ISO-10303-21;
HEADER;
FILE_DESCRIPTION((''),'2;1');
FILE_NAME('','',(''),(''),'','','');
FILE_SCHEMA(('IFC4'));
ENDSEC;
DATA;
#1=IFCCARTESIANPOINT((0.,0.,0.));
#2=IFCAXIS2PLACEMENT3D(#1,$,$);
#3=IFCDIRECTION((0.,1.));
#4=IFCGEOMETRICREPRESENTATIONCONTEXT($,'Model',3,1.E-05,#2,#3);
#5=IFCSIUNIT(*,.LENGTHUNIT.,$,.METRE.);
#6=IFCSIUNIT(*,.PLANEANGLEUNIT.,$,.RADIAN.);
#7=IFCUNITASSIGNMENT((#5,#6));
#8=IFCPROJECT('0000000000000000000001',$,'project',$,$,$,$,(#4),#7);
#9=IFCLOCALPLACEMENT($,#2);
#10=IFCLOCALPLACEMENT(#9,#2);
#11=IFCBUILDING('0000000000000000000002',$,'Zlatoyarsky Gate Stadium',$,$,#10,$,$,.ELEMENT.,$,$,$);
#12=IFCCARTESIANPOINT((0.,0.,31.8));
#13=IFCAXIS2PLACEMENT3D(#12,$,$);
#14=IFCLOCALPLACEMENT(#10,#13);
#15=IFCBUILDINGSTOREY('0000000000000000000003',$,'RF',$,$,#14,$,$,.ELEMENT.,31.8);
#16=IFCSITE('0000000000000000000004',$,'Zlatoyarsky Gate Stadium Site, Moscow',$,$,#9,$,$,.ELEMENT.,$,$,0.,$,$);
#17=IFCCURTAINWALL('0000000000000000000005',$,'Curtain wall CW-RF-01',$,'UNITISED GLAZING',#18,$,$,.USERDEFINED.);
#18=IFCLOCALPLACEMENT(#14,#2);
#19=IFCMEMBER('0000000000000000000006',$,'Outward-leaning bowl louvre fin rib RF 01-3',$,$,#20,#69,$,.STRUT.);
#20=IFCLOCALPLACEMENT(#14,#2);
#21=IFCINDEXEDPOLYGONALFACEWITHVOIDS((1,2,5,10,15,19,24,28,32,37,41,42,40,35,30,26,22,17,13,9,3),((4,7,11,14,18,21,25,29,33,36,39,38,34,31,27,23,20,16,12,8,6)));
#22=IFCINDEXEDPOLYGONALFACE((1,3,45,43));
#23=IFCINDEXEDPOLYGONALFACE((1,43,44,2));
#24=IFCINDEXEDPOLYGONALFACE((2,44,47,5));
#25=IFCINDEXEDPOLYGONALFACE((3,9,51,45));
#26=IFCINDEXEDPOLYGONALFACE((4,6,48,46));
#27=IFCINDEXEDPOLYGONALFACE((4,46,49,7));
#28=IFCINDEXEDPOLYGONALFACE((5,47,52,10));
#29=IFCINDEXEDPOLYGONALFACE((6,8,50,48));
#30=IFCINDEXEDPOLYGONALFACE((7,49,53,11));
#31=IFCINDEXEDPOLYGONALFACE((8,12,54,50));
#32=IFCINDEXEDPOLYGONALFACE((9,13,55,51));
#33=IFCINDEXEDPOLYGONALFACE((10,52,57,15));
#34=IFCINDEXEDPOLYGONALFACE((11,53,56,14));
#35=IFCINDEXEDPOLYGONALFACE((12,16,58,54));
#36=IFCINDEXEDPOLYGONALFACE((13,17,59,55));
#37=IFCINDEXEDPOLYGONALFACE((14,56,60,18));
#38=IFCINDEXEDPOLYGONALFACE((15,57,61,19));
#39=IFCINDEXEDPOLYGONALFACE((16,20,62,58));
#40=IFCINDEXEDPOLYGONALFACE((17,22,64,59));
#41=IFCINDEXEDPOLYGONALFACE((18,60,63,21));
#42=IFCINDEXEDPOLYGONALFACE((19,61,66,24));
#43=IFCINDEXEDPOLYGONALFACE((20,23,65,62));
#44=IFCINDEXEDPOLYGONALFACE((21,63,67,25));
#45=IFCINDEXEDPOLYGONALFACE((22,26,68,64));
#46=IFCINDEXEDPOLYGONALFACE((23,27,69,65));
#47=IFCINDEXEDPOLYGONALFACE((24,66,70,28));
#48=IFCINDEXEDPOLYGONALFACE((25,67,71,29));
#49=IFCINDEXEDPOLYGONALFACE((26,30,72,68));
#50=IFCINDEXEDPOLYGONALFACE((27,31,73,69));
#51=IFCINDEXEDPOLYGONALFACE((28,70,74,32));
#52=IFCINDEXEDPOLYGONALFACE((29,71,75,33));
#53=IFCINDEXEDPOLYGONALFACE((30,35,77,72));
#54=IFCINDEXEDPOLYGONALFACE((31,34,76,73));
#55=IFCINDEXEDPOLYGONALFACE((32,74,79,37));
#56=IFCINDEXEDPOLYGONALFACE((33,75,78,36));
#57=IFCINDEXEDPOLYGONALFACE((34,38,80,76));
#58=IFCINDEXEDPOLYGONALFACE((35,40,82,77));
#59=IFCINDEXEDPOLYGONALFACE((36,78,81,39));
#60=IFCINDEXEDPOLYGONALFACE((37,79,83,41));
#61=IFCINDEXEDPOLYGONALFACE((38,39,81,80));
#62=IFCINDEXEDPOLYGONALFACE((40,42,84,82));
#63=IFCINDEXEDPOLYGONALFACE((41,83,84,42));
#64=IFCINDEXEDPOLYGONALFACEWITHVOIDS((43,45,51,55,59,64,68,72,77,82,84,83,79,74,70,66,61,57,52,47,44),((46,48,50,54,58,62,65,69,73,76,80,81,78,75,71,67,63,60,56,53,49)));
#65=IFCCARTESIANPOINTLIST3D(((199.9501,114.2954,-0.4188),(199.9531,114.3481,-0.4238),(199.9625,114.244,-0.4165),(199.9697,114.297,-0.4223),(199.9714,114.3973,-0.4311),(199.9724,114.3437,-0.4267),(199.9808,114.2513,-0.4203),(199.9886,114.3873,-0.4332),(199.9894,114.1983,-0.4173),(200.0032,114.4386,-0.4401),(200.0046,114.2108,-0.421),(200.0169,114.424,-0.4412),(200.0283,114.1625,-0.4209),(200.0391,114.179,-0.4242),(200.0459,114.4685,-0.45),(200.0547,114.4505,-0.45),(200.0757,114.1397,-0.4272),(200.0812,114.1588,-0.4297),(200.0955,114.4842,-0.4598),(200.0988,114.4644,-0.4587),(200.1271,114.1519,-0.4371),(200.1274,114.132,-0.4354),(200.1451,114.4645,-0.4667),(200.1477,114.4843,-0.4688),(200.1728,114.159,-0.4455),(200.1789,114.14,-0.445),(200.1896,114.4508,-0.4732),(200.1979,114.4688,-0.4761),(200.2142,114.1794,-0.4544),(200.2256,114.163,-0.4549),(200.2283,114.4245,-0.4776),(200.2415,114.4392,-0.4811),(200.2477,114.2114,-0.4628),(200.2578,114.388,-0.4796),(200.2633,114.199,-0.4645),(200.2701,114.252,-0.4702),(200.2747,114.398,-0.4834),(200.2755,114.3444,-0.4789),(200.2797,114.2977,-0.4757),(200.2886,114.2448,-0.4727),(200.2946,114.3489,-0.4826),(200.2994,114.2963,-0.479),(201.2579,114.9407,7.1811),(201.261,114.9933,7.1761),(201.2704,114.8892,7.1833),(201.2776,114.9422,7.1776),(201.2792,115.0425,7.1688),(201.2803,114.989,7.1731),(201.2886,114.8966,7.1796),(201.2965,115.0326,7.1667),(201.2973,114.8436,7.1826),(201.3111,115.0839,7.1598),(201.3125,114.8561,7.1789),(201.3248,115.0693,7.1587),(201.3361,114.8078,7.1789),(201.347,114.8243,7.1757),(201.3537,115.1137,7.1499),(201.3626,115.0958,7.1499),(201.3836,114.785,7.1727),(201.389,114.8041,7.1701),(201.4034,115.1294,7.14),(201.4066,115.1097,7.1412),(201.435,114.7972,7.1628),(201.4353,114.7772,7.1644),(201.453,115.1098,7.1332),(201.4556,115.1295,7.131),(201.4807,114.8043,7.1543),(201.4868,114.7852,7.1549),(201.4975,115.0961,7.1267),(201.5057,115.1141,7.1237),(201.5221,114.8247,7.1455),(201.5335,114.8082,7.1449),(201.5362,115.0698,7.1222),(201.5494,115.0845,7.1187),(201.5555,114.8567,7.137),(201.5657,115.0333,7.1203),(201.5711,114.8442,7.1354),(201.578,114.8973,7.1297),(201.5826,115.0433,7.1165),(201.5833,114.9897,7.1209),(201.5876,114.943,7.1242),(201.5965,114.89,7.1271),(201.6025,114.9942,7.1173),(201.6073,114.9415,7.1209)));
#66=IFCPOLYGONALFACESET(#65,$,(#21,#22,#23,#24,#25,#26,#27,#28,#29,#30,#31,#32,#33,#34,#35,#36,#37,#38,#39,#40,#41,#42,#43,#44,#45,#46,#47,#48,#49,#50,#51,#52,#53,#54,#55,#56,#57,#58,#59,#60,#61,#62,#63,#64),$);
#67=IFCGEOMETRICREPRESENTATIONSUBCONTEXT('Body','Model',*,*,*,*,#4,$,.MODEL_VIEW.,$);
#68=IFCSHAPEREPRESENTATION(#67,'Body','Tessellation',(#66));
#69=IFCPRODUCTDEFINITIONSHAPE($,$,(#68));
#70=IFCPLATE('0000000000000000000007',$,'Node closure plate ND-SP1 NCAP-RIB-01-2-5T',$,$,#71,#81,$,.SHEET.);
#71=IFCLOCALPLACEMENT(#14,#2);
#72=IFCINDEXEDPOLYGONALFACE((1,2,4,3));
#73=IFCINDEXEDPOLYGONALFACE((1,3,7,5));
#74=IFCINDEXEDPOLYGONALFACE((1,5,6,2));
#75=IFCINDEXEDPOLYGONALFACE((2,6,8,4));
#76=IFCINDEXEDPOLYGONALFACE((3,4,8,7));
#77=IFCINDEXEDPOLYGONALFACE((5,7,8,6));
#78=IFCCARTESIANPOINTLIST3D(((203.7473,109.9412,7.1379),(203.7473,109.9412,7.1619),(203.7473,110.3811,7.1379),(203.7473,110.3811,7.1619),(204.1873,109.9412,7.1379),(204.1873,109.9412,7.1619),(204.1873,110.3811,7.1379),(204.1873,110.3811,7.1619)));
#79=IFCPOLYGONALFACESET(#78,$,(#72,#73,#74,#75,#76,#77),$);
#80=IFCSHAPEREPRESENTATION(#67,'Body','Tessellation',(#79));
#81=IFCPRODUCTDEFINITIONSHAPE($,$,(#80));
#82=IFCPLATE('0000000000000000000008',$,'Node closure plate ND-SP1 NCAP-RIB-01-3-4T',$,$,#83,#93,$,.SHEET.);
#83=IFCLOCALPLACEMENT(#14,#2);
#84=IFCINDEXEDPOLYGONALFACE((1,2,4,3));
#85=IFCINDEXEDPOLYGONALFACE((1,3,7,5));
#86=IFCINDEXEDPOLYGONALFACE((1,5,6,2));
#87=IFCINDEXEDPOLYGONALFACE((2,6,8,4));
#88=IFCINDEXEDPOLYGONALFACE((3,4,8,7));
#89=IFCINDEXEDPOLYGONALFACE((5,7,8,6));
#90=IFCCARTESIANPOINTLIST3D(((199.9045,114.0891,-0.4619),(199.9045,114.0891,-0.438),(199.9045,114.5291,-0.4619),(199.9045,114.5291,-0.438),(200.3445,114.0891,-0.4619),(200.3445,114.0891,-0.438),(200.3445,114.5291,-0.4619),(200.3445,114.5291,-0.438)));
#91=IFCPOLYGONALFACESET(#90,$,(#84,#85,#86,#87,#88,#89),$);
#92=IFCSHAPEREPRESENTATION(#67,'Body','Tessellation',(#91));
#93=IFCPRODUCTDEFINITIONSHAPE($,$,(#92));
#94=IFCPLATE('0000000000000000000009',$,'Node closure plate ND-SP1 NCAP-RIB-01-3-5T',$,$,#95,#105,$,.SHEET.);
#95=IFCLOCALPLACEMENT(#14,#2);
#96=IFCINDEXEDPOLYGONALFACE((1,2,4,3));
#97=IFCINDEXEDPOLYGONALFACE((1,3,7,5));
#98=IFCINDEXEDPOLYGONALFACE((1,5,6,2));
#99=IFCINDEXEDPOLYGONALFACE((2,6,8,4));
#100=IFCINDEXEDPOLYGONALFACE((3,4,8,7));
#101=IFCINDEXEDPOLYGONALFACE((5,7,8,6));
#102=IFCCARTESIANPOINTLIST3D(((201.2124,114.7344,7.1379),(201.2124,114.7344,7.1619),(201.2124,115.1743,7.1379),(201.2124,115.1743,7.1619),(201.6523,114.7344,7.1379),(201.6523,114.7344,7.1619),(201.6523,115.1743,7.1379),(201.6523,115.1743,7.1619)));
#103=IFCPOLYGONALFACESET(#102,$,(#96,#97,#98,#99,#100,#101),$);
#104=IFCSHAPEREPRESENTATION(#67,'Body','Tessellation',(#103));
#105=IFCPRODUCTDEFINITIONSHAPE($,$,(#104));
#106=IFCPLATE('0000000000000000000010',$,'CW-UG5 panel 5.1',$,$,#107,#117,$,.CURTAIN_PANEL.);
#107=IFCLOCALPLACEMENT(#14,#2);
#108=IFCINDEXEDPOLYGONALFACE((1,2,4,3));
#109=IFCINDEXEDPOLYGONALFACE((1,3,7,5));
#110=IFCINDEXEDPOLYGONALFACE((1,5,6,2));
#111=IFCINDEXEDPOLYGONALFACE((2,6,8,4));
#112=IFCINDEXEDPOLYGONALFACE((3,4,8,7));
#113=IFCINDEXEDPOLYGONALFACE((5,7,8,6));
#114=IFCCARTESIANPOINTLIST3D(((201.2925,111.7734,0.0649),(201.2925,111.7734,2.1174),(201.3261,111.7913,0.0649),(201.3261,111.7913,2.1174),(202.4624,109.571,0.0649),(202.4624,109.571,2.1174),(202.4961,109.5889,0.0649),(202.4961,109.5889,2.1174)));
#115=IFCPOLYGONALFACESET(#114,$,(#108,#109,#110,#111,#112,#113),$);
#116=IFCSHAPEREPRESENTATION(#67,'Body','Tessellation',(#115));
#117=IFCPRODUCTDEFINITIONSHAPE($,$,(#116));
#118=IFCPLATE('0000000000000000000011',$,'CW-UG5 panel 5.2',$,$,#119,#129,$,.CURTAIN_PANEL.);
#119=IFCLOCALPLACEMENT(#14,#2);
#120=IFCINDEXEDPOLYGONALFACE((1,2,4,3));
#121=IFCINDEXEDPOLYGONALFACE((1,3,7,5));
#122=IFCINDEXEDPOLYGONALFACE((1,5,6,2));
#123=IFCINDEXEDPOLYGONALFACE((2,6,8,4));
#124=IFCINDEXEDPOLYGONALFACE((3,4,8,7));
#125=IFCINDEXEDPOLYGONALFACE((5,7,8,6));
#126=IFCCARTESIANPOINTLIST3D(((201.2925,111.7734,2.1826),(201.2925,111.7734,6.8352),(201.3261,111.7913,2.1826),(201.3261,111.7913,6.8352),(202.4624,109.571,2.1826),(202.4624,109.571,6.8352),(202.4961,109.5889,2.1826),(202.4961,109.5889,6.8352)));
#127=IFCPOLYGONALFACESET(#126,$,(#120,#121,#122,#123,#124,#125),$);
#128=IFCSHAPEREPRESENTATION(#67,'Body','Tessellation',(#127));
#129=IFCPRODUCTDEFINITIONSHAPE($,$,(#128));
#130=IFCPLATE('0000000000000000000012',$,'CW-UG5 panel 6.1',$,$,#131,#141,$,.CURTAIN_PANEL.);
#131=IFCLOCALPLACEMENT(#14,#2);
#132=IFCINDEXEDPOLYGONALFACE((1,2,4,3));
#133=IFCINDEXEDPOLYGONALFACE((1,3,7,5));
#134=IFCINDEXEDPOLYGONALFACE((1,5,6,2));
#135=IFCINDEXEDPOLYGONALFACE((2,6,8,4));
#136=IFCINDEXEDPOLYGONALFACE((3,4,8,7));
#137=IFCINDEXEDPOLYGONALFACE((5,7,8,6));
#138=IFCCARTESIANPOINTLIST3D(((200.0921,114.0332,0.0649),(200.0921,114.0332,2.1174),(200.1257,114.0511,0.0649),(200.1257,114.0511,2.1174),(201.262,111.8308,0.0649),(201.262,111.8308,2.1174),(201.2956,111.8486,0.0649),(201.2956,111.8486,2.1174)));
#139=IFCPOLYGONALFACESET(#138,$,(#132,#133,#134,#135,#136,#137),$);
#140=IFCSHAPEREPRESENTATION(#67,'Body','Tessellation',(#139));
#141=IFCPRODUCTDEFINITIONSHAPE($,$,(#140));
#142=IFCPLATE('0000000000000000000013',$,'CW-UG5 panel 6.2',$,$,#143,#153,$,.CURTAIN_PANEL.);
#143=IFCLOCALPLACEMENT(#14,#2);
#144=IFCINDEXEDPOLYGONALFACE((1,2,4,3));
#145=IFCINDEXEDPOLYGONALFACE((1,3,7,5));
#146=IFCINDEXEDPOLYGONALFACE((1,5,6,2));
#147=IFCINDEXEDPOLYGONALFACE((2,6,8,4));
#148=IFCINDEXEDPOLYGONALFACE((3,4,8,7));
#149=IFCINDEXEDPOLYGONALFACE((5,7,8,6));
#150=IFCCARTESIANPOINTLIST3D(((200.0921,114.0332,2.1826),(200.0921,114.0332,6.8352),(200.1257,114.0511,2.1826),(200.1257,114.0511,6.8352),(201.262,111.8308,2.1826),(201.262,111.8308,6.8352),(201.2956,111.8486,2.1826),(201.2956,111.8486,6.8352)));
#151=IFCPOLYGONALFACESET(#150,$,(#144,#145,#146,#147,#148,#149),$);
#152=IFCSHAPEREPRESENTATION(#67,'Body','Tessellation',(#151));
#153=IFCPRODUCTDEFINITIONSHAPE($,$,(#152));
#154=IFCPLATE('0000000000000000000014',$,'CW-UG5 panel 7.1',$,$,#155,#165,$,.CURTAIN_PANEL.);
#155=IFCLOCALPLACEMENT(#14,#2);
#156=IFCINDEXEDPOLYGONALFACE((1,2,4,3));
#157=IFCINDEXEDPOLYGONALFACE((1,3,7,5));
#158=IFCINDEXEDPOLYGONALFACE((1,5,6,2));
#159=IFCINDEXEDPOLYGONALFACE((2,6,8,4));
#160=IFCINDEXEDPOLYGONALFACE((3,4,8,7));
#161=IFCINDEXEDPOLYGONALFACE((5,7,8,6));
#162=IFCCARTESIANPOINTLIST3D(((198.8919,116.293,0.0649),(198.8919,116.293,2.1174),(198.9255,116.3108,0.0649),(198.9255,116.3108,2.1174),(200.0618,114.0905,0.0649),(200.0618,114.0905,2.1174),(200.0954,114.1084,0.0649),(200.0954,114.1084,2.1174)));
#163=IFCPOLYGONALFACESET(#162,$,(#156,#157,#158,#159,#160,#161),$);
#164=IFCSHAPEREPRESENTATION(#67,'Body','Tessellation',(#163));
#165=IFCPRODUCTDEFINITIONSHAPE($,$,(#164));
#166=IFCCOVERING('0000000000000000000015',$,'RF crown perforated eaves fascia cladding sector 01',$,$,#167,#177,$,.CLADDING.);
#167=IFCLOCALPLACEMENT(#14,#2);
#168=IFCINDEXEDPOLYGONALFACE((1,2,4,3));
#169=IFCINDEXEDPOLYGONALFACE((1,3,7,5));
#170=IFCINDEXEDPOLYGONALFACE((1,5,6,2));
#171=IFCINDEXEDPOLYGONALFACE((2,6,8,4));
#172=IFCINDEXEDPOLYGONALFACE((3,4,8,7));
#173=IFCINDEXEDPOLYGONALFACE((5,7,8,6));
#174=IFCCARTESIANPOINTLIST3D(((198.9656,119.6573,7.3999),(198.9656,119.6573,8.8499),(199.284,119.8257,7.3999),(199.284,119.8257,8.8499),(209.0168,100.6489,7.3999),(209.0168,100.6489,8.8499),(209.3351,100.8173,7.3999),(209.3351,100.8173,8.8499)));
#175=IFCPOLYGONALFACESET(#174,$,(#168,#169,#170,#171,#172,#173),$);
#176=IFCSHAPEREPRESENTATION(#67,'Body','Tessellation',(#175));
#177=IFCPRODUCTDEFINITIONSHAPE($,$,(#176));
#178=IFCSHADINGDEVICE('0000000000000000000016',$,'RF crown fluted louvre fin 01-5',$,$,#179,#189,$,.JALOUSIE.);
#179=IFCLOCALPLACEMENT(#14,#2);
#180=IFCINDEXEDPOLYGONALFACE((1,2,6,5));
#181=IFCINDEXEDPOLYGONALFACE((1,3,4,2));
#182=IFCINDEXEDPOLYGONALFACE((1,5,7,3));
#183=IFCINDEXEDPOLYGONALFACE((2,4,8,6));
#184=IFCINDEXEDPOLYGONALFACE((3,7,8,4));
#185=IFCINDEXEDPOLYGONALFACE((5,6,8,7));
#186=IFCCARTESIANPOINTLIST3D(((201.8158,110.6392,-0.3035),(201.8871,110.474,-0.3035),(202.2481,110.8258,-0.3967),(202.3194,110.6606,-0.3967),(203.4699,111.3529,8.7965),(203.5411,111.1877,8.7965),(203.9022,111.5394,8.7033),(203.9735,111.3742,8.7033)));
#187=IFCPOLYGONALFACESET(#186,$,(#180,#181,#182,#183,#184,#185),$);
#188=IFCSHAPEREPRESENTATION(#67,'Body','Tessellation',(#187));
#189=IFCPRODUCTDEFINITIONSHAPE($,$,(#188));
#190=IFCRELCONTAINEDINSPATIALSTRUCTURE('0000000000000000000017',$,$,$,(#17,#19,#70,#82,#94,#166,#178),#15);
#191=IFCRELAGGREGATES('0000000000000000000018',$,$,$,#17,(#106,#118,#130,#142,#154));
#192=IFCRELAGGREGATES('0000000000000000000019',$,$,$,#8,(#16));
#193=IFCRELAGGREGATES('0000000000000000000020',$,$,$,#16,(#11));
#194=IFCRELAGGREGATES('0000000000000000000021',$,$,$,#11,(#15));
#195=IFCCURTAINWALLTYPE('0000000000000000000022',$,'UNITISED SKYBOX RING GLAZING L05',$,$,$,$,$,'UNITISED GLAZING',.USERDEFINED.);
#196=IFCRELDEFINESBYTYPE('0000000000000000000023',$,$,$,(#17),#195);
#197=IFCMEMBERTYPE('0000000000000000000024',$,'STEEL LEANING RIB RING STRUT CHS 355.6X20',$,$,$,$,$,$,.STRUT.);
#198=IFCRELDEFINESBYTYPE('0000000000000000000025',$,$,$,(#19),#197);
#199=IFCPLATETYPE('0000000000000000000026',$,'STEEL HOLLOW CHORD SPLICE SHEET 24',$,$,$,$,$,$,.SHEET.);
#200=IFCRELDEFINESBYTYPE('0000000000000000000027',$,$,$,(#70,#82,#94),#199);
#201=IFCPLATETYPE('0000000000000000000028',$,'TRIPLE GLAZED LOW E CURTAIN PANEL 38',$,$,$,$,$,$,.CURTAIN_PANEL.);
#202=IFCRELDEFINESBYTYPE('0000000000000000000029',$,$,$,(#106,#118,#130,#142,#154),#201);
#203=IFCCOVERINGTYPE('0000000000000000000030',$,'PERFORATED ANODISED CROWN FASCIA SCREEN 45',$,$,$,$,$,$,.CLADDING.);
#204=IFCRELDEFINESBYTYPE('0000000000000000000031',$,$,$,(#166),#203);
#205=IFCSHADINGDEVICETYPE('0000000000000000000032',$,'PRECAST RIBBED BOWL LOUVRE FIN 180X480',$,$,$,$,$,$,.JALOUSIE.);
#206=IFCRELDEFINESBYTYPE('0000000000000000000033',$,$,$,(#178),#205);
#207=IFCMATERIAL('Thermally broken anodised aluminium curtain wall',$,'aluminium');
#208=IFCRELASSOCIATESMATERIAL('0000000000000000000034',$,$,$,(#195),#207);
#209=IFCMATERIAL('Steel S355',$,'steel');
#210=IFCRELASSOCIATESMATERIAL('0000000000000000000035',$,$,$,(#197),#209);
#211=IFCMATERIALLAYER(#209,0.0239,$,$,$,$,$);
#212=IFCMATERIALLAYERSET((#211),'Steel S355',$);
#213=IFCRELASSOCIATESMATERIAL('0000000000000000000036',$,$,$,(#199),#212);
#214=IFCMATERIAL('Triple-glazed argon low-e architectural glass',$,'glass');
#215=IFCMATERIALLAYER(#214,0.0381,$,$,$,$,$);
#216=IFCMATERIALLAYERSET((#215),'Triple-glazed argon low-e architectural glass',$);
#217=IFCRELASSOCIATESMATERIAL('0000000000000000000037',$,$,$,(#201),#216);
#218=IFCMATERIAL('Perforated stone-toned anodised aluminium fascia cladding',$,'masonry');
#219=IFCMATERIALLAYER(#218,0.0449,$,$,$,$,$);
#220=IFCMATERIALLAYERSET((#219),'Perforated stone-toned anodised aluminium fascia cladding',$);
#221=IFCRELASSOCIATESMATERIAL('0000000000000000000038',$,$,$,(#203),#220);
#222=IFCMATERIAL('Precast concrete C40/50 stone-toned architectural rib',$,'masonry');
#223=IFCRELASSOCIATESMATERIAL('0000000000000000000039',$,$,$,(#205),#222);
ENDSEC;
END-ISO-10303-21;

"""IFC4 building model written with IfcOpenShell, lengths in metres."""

from ifc_helpers import new_model, si_unit, direction, frame, origin, origin_2d, place, context, subcontext, project, spatial, rectangle, hollow_circle, extrude, material, layer, layer_set, material_profile, profile_set, type_object, element, aggregate, save


model = new_model("IFC4")

# Units and contexts
model_context = context("Model", 3, precision=1e-05, world=origin(), true_north=direction((0.0, 1.0)))
body_context = subcontext(model_context, "Body", "Model", "MODEL_VIEW")
ifc_project = project(units=[si_unit("LENGTHUNIT", "METRE"), si_unit("PLANEANGLEUNIT", "RADIAN")], contexts=[model_context])

# Site, building, storey
site_placement = place(None, origin())
site = spatial("IfcSite", under=ifc_project, at=site_placement, Name="Zlatoyarsky Gate Stadium Site, Moscow", CompositionType="ELEMENT", RefElevation=0.0)
building_placement = place(site_placement, origin())
building = spatial("IfcBuilding", under=site, at=building_placement, Name="Zlatoyarsky Gate Stadium", CompositionType="ELEMENT")
storey_placement = place(building_placement, frame((0.0, 0.0, 31.8)))
storey = spatial("IfcBuildingStorey", under=building, at=storey_placement, Name="RF", CompositionType="ELEMENT", Elevation=31.8)

# Curtain wall
ifc_material_1 = material(Name="Thermally broken anodised aluminium curtain wall", Category="aluminium")
curtain_wall_type = type_object("IfcCurtainWallType", Name="UNITISED SKYBOX RING GLAZING L05", ElementType="UNITISED GLAZING", PredefinedType="USERDEFINED", material=ifc_material_1)
curtain_wall_placement = place(storey_placement, origin())
curtain_wall = element("IfcCurtainWall", 1, at=curtain_wall_placement, inside=storey, type_object=curtain_wall_type, Name="Curtain wall CW-RF-01", ObjectType="UNITISED GLAZING", PredefinedType="USERDEFINED")

# Member
ifc_material_2 = material(Name="Steel S355", Category="steel")
ifc_material_profile_1 = material_profile(ifc_material_2, hollow_circle(Radius=0.1777, WallThickness=0.02, at=origin_2d()), Name="CHS 355.6X20")
ifc_profile_set_1 = profile_set([ifc_material_profile_1], Name="Steel S355")
member_type_1 = type_object("IfcMemberType", Name="STEEL LEANING RIB RING STRUT CHS 355.6X20", PredefinedType="STRUT", material=ifc_profile_set_1)
member_1_placement = place(storey_placement, frame((200.1245, 114.3091, -0.45), z_axis=(0.169007, 0.083383, 0.982081), x_axis=(-0.442453, 0.896792, 0.0)))
element("IfcMember", 2, at=member_1_placement, inside=storey, type_object=member_type_1, Name="Outward-leaning bowl louvre fin rib RF 01-3", PredefinedType="STRUT", context=body_context, shape_type="SweptSolid", body=[
    extrude(hollow_circle(Radius=0.1777, WallThickness=0.02, at=origin_2d()), origin(), (0.0, 0.0, 1.0), 7.7385),
])

# Plates
ifc_layer_1 = layer(ifc_material_2, 0.0239)
ifc_layer_set_1 = layer_set([ifc_layer_1], Name="Steel S355")
plate_type_1 = type_object("IfcPlateType", Name="STEEL HOLLOW CHORD SPLICE SHEET 24", PredefinedType="SHEET", material=ifc_layer_set_1)
for number, where, z_axis, x_axis, name in (
    (3, (203.9673, 110.1611, 7.1379), (0.0, 0.0, 1.0), (1.0, 0.0, 0.0), "Node closure plate ND-SP1 NCAP-RIB-01-2-5T"),
    (4, (200.1245, 114.3091, -0.4619), (0.0, 0.0, 1.0), (1.0, 0.0, 0.0), "Node closure plate ND-SP1 NCAP-RIB-01-3-4T"),
    (5, (201.4324, 114.9543, 7.1379), (0.0, 0.0, 1.0), (1.0, 0.0, 0.0), "Node closure plate ND-SP1 NCAP-RIB-01-3-5T"),
):
    element("IfcPlate", number, at=place(storey_placement, frame(where, z_axis=z_axis, x_axis=x_axis)), inside=storey, type_object=plate_type_1, Name=name, PredefinedType="SHEET", context=body_context, shape_type="SweptSolid", body=[
        extrude(rectangle(XDim=0.4399, YDim=0.4399, at=origin_2d()), origin(), (0.0, 0.0, 1.0), 0.0239),
    ])

# Plates
ifc_material_3 = material(Name="Triple-glazed argon low-e architectural glass", Category="glass")
ifc_layer_2 = layer(ifc_material_3, 0.0381)
ifc_layer_set_2 = layer_set([ifc_layer_2], Name="Triple-glazed argon low-e architectural glass")
plate_type_2 = type_object("IfcPlateType", Name="TRIPLE GLAZED LOW E CURTAIN PANEL 38", PredefinedType="CURTAIN_PANEL", material=ifc_layer_set_2)
plate_1_placement = place(storey_placement, frame((201.8943, 110.6812, 0.0649), z_axis=(0.0, 0.0, 1.0), x_axis=(-0.469127, 0.883131, 0.0)))
plate_1 = element("IfcPlate", 6, at=plate_1_placement, type_object=plate_type_2, Name="CW-UG5 panel 5.1", PredefinedType="CURTAIN_PANEL", context=body_context, shape_type="SweptSolid", body=[
    extrude(rectangle(XDim=2.4939, YDim=0.0381, at=origin_2d()), origin(), (0.0, 0.0, 1.0), 2.0525),
])
plate_2_placement = place(storey_placement, frame((201.8943, 110.6812, 2.1826), z_axis=(0.0, 0.0, 1.0), x_axis=(-0.469127, 0.883131, 0.0)))
plate_2 = element("IfcPlate", 7, at=plate_2_placement, type_object=plate_type_2, Name="CW-UG5 panel 5.2", PredefinedType="CURTAIN_PANEL", context=body_context, shape_type="SweptSolid", body=[
    extrude(rectangle(XDim=2.4939, YDim=0.0381, at=origin_2d()), origin(), (0.0, 0.0, 1.0), 4.6526),
])
plate_3_placement = place(storey_placement, frame((200.6938, 112.9409, 0.0649), z_axis=(0.0, 0.0, 1.0), x_axis=(-0.469127, 0.883131, 0.0)))
plate_3 = element("IfcPlate", 8, at=plate_3_placement, type_object=plate_type_2, Name="CW-UG5 panel 6.1", PredefinedType="CURTAIN_PANEL", context=body_context, shape_type="SweptSolid", body=[
    extrude(rectangle(XDim=2.4939, YDim=0.0381, at=origin_2d()), origin(), (0.0, 0.0, 1.0), 2.0525),
])
plate_4_placement = place(storey_placement, frame((200.6938, 112.9409, 2.1826), z_axis=(0.0, 0.0, 1.0), x_axis=(-0.469127, 0.883131, 0.0)))
plate_4 = element("IfcPlate", 9, at=plate_4_placement, type_object=plate_type_2, Name="CW-UG5 panel 6.2", PredefinedType="CURTAIN_PANEL", context=body_context, shape_type="SweptSolid", body=[
    extrude(rectangle(XDim=2.4939, YDim=0.0381, at=origin_2d()), origin(), (0.0, 0.0, 1.0), 4.6526),
])
plate_5_placement = place(storey_placement, frame((199.4937, 115.2007, 0.0649), z_axis=(0.0, 0.0, 1.0), x_axis=(-0.469127, 0.883131, 0.0)))
plate_5 = element("IfcPlate", 10, at=plate_5_placement, type_object=plate_type_2, Name="CW-UG5 panel 7.1", PredefinedType="CURTAIN_PANEL", context=body_context, shape_type="SweptSolid", body=[
    extrude(rectangle(XDim=2.4939, YDim=0.0381, at=origin_2d()), origin(), (0.0, 0.0, 1.0), 2.0525),
])
aggregate(curtain_wall, [plate_1, plate_2, plate_3, plate_4, plate_5])

# Covering
ifc_material_4 = material(Name="Perforated stone-toned anodised aluminium fascia cladding", Category="masonry")
ifc_layer_3 = layer(ifc_material_4, 0.0449)
ifc_layer_set_3 = layer_set([ifc_layer_3], Name="Perforated stone-toned anodised aluminium fascia cladding")
covering_type = type_object("IfcCoveringType", Name="PERFORATED ANODISED CROWN FASCIA SCREEN 45", PredefinedType="CLADDING", material=ifc_layer_set_3)
covering_placement = place(storey_placement, frame((204.1504, 110.2373, 7.3999), z_axis=(0.0, 0.0, 1.0), x_axis=(-0.467448, 0.884021, 0.0)))
element("IfcCovering", 11, at=covering_placement, inside=storey, type_object=covering_type, Name="RF crown perforated eaves fascia cladding sector 01", PredefinedType="CLADDING", context=body_context, shape_type="SweptSolid", body=[
    extrude(rectangle(XDim=21.5022, YDim=0.3601, at=origin_2d()), origin(), (0.0, 0.0, 1.0), 1.45),
])

# Shading device
ifc_material_5 = material(Name="Precast concrete C40/50 stone-toned architectural rib", Category="masonry")
ifc_material_profile_2 = material_profile(ifc_material_5, rectangle(XDim=0.1799, YDim=0.48, at=origin_2d()), Name="RIB 180X480")
ifc_profile_set_2 = profile_set([ifc_material_profile_2], Name="Precast concrete C40/50 stone-toned architectural rib")
shading_device_type = type_object("IfcShadingDeviceType", Name="PRECAST RIBBED BOWL LOUVRE FIN 180X480", PredefinedType="JALOUSIE", material=ifc_profile_set_2)
shading_device_1_placement = place(storey_placement, frame((202.0676, 110.6499, -0.3501), z_axis=(0.178302, 0.076926, 0.980964), x_axis=(-0.396143, 0.918189, 0.0)))
element("IfcShadingDevice", 12, at=shading_device_1_placement, inside=storey, type_object=shading_device_type, Name="RF crown fluted louvre fin 01-5", PredefinedType="JALOUSIE", context=body_context, shape_type="SweptSolid", body=[
    extrude(rectangle(XDim=0.1799, YDim=0.48, at=origin_2d()), origin(), (0.0, 0.0, 1.0), 9.2766),
])

save(model, "model.ifc")
